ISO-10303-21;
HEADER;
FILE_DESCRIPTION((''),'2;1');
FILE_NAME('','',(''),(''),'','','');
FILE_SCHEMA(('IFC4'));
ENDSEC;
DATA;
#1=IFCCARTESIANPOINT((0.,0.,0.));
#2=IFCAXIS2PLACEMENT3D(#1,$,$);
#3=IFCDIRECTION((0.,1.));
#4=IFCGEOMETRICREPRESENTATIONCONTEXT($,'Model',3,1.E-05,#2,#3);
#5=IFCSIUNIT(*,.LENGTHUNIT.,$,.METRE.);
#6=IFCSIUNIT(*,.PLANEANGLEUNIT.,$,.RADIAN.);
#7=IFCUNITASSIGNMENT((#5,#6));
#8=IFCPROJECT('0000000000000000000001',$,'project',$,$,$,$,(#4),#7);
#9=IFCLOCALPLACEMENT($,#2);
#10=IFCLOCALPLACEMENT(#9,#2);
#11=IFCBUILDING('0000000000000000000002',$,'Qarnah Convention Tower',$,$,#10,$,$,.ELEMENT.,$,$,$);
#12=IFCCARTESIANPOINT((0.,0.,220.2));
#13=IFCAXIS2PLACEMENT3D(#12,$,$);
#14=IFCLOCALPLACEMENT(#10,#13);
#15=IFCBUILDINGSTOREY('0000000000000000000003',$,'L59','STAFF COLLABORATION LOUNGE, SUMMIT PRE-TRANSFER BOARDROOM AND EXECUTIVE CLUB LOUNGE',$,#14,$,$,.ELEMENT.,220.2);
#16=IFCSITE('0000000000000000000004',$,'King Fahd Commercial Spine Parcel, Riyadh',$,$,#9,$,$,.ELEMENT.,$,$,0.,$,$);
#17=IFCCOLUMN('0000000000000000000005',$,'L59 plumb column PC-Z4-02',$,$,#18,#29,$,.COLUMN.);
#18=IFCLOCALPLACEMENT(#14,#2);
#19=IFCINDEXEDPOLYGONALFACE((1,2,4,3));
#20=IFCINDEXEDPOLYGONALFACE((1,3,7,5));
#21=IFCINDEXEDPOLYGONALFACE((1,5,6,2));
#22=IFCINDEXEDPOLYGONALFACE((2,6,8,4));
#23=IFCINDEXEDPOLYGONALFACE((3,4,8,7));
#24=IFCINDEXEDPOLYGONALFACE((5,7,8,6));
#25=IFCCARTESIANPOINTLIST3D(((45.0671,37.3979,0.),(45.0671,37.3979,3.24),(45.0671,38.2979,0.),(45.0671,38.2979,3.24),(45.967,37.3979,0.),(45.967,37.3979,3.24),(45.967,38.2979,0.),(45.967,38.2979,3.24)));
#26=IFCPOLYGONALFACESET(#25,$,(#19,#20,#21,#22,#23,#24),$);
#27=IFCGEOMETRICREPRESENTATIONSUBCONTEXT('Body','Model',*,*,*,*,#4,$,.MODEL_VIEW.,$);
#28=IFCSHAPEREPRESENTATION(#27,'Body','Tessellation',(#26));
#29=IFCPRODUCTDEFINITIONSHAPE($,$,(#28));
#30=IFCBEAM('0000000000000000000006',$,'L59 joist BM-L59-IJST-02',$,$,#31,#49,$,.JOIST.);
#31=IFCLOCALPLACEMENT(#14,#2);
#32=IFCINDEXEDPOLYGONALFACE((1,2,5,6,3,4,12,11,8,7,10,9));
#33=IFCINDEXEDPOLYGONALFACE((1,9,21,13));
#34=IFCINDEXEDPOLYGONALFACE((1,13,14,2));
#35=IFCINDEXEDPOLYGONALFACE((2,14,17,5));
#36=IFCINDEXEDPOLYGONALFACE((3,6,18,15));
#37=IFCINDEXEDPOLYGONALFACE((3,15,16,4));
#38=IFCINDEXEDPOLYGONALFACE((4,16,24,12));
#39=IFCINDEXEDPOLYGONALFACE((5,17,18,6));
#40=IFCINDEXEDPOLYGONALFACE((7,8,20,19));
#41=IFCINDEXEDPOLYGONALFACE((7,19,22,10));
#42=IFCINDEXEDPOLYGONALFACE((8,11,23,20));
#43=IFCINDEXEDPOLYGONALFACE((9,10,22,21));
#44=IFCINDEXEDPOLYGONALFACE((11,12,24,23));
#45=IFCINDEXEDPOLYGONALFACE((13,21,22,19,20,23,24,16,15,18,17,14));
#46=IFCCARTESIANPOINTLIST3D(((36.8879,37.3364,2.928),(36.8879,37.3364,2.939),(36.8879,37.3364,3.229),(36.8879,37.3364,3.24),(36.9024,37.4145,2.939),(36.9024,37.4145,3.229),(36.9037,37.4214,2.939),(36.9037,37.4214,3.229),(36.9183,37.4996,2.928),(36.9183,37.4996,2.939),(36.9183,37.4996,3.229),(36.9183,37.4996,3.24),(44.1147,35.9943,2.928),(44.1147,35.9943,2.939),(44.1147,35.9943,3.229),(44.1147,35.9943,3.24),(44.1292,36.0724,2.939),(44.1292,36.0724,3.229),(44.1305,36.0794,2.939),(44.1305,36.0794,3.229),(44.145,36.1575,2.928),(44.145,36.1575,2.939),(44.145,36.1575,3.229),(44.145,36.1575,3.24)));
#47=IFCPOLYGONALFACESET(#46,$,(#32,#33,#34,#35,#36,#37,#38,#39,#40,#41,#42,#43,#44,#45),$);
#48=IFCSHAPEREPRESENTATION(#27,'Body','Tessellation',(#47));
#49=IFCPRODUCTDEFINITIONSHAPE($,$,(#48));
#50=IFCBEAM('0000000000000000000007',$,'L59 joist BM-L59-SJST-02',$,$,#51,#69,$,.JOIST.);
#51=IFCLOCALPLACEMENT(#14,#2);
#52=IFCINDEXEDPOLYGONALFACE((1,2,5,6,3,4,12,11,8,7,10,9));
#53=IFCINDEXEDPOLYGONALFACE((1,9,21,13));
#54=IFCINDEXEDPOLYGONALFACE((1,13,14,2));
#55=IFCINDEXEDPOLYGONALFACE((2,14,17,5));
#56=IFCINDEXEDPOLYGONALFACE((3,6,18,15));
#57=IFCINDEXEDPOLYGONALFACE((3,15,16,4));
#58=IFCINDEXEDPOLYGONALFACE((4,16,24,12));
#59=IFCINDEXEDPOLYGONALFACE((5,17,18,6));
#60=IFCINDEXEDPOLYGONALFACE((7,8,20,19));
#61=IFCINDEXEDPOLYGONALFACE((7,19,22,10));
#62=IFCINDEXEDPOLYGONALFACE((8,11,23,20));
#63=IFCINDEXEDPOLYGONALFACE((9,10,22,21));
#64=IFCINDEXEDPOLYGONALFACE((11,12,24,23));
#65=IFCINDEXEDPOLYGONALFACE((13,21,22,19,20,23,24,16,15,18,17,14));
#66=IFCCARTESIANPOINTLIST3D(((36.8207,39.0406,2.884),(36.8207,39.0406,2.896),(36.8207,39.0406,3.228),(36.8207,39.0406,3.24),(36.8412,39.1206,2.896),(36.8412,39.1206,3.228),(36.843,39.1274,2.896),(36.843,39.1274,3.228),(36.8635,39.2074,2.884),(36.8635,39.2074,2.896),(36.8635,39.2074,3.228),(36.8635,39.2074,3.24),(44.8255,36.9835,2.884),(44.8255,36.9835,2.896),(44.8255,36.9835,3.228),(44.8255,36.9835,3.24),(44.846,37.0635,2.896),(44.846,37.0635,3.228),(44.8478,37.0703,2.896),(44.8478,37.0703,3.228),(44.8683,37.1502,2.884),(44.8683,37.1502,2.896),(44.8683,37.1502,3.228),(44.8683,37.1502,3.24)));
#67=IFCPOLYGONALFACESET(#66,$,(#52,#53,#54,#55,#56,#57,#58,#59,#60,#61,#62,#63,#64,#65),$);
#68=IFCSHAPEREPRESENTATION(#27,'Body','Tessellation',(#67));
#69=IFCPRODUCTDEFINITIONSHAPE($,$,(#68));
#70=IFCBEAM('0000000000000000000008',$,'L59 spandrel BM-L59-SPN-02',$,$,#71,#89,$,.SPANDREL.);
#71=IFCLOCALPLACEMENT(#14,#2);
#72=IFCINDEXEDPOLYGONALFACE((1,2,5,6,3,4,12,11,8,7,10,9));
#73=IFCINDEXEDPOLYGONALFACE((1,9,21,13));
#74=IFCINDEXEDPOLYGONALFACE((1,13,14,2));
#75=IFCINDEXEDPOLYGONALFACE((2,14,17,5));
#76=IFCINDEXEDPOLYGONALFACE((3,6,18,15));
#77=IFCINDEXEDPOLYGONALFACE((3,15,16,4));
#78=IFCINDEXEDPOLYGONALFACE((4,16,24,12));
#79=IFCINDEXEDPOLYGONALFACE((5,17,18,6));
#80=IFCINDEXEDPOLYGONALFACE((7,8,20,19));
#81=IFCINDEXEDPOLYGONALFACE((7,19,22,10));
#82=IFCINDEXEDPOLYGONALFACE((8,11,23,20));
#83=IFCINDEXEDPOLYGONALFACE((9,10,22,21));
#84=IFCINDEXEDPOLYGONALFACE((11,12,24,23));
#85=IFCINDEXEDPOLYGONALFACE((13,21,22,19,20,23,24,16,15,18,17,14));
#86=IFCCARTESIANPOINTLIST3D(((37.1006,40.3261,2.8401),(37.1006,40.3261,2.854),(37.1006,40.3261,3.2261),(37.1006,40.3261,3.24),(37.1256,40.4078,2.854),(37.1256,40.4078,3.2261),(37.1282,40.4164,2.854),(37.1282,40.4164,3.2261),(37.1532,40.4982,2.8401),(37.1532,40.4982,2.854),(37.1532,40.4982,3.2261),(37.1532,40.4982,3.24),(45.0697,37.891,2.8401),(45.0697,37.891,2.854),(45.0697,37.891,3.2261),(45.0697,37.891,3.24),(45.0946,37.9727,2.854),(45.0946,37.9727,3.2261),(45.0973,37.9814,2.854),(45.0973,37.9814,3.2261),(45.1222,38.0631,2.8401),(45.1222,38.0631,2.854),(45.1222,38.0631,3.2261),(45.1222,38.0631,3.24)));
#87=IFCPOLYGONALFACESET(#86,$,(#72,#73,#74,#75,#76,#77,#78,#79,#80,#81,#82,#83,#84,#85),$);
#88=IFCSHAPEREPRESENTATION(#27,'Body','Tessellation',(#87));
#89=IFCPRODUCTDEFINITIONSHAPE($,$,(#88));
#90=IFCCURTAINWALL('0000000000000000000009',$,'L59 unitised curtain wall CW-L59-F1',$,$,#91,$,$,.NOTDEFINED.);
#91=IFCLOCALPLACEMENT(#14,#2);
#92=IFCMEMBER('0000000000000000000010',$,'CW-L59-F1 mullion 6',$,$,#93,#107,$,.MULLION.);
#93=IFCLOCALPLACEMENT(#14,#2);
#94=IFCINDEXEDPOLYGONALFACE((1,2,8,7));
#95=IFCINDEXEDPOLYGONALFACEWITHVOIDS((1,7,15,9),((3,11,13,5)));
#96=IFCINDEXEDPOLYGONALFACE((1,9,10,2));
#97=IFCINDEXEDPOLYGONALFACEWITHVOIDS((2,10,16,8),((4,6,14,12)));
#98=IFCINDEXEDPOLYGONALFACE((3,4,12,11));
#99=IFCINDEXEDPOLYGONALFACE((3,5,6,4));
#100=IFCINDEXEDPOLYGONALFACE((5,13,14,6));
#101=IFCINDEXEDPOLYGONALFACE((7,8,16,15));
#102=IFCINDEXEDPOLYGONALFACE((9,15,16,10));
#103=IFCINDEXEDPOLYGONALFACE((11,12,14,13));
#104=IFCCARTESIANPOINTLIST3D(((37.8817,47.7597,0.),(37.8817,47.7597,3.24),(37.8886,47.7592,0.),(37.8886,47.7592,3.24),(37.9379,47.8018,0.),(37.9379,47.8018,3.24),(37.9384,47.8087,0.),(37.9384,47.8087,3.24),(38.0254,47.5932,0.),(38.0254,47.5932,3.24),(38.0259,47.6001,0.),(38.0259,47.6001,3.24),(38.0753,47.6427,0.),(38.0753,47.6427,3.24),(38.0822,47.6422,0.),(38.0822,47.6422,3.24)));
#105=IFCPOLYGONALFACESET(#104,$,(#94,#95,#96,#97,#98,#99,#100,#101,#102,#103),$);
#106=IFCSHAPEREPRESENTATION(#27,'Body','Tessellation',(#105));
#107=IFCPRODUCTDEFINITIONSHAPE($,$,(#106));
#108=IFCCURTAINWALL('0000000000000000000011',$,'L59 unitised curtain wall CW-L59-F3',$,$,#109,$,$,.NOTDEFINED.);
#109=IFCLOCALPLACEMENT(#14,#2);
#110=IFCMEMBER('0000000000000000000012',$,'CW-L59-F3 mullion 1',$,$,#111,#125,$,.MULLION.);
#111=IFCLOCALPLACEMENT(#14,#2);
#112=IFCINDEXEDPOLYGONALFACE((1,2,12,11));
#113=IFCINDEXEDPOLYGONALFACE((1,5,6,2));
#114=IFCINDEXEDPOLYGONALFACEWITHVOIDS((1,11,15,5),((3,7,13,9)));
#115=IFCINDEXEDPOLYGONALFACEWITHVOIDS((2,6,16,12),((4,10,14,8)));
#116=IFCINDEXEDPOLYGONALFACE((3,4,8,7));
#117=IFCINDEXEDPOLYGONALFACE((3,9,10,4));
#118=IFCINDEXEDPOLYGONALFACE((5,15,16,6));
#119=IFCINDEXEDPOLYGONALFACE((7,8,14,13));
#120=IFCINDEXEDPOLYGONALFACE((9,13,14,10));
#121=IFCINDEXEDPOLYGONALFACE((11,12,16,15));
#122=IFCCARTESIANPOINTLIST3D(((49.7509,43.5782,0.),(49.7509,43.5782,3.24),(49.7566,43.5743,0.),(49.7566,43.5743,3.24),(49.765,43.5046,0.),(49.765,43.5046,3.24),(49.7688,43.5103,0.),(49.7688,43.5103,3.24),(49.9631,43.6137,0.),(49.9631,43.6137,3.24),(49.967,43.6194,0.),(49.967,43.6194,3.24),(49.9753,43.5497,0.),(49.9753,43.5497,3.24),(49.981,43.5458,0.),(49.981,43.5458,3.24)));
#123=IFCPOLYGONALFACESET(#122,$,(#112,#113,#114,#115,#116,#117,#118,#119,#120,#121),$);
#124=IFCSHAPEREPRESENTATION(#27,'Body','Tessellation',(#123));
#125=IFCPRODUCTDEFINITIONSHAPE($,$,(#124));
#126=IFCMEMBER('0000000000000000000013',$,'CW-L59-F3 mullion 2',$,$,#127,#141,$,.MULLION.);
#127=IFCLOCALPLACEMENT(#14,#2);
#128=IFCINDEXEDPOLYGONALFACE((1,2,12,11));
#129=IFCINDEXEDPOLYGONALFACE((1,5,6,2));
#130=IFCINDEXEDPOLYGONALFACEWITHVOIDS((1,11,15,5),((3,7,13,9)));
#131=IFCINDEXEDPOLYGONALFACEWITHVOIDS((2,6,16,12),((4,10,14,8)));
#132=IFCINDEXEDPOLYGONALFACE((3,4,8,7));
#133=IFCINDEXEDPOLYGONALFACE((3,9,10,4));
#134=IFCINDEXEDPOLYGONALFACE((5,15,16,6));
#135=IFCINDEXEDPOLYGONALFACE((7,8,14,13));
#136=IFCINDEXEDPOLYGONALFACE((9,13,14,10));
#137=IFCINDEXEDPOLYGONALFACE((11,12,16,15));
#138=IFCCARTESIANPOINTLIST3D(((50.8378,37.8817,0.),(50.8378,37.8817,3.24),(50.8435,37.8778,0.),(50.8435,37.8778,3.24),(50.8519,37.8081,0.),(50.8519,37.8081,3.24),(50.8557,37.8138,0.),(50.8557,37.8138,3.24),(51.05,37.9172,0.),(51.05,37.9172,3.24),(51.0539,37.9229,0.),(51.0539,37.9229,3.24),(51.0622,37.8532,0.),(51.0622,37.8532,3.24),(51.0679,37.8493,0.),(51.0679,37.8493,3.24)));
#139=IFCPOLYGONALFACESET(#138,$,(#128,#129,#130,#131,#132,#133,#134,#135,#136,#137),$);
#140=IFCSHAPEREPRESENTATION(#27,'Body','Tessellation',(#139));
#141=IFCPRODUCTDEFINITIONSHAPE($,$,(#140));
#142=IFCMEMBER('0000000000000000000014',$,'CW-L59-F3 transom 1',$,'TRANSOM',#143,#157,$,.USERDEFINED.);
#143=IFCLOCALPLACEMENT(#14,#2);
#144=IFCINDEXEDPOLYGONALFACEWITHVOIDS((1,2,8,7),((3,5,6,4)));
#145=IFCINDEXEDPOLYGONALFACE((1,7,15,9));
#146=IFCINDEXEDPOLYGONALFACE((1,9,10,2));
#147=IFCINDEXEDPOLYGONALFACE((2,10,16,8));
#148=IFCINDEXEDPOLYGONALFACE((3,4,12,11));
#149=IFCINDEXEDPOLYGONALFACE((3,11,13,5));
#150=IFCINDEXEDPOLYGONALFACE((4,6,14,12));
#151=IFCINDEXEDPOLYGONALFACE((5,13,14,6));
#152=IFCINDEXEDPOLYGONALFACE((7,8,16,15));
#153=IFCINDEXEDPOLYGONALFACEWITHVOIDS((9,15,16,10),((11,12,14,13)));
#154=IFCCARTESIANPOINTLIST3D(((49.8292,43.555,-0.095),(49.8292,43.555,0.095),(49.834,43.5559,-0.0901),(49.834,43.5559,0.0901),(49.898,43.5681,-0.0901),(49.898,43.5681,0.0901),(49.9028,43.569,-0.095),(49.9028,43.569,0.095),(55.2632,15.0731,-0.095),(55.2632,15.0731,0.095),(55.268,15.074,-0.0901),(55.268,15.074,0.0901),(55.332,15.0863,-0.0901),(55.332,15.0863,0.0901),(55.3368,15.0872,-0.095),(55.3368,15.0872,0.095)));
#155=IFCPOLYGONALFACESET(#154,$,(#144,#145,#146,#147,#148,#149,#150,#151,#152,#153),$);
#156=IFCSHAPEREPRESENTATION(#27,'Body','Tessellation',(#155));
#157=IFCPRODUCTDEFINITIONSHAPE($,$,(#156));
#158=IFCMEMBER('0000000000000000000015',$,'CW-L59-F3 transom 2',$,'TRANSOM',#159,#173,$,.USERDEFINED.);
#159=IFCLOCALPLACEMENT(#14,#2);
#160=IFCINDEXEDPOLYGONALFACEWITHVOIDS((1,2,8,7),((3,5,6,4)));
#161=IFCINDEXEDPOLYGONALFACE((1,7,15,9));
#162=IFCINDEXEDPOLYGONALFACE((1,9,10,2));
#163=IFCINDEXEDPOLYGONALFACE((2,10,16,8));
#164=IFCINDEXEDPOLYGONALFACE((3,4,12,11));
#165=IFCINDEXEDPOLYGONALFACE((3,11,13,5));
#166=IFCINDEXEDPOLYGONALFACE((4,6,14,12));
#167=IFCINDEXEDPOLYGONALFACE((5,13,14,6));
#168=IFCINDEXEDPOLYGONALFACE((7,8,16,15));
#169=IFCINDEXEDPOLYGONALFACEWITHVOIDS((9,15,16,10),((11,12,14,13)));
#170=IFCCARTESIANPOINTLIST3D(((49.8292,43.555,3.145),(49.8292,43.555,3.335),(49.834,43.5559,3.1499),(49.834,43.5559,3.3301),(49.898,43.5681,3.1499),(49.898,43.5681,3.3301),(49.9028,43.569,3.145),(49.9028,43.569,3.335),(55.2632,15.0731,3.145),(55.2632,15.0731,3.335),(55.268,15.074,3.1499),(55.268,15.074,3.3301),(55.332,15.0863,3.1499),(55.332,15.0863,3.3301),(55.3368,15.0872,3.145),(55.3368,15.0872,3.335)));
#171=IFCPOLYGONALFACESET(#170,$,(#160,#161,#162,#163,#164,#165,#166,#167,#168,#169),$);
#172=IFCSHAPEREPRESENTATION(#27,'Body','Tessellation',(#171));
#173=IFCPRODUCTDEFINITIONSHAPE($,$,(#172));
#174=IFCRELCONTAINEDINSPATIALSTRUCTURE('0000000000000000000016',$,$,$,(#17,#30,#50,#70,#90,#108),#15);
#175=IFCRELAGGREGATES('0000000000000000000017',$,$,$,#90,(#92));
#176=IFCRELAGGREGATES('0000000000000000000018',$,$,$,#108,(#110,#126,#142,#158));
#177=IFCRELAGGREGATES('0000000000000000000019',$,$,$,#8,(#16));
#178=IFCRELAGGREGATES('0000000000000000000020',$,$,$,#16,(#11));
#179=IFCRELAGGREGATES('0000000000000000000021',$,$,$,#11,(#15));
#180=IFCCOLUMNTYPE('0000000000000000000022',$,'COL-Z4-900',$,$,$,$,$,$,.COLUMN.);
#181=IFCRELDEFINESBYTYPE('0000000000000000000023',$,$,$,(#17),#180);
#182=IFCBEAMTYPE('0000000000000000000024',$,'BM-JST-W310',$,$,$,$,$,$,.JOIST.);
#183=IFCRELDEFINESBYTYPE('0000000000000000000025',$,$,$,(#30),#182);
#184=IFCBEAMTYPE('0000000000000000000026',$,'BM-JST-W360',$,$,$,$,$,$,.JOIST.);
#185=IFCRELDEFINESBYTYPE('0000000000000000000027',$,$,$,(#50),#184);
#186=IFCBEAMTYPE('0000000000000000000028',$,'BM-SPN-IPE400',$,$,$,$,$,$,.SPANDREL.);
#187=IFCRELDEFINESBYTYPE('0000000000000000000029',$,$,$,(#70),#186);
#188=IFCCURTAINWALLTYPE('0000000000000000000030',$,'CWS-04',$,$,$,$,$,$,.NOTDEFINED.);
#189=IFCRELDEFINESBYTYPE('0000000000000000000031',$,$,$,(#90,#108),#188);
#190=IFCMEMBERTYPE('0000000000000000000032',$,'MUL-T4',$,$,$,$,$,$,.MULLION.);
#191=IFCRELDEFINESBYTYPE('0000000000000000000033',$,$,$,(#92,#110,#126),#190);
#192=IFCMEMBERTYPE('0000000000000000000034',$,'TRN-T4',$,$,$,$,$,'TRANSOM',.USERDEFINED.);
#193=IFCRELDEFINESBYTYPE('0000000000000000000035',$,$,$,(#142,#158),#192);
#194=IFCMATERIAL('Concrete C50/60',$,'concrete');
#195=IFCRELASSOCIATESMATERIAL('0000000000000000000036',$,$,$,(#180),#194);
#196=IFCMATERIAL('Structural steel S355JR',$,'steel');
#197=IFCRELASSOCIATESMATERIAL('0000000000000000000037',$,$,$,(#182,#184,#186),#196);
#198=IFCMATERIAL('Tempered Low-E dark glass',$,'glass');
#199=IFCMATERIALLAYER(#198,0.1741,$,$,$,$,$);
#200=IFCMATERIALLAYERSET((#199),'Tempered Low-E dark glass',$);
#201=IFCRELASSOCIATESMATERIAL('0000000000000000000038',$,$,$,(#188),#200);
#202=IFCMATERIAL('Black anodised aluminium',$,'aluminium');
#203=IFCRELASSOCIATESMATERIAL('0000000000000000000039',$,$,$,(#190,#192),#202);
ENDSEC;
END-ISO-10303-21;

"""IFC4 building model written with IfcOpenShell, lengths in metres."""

from ifc_helpers import new_model, si_unit, direction, frame, origin, origin_2d, place, context, subcontext, project, spatial, rectangle, hollow_rectangle, i_section, extrude, material, layer, layer_set, material_profile, profile_set, type_object, element, aggregate, save


model = new_model("IFC4")

# Units and contexts
model_context = context("Model", 3, precision=1e-05, world=origin(), true_north=direction((0.0, 1.0)))
body_context = subcontext(model_context, "Body", "Model", "MODEL_VIEW")
ifc_project = project(units=[si_unit("LENGTHUNIT", "METRE"), si_unit("PLANEANGLEUNIT", "RADIAN")], contexts=[model_context])

# Site, building, storey
site_placement = place(None, origin())
site = spatial("IfcSite", under=ifc_project, at=site_placement, Name="King Fahd Commercial Spine Parcel, Riyadh", CompositionType="ELEMENT", RefElevation=0.0)
building_placement = place(site_placement, origin())
building = spatial("IfcBuilding", under=site, at=building_placement, Name="Qarnah Convention Tower", CompositionType="ELEMENT")
storey_placement = place(building_placement, frame((0.0, 0.0, 220.2)))
storey = spatial("IfcBuildingStorey", under=building, at=storey_placement, Name="L59", Description="STAFF COLLABORATION LOUNGE, SUMMIT PRE-TRANSFER BOARDROOM AND EXECUTIVE CLUB LOUNGE", CompositionType="ELEMENT", Elevation=220.2)

# Column
ifc_material_1 = material(Name="Concrete C50/60", Category="concrete")
ifc_material_profile_1 = material_profile(ifc_material_1, rectangle(XDim=0.8999, YDim=0.8999, at=origin_2d()), Name="RC-COL-900X900")
ifc_profile_set_1 = profile_set([ifc_material_profile_1], Name="Concrete C50/60")
column_type = type_object("IfcColumnType", Name="COL-Z4-900", PredefinedType="COLUMN", material=ifc_profile_set_1)
column_placement = place(storey_placement, frame((45.5171, 37.8479, 0.0), z_axis=(0.0, 0.0, 1.0), x_axis=(1.0, 0.0, 0.0)))
element("IfcColumn", 1, at=column_placement, inside=storey, type_object=column_type, Name="L59 plumb column PC-Z4-02", PredefinedType="COLUMN", context=body_context, shape_type="SweptSolid", body=[
    extrude(rectangle(XDim=0.8999, YDim=0.8999, at=origin_2d()), origin(), (0.0, 0.0, 1.0), 3.24),
])

# Beams
ifc_material_2 = material(Name="Structural steel S355JR", Category="steel")
ifc_material_profile_2 = material_profile(ifc_material_2, i_section(OverallWidth=0.166, OverallDepth=0.312, WebThickness=0.0071, FlangeThickness=0.011, at=origin_2d()), Name="W310X45")
ifc_profile_set_2 = profile_set([ifc_material_profile_2], Name="Structural steel S355JR")
beam_type_1 = type_object("IfcBeamType", Name="BM-JST-W310", PredefinedType="JOIST", material=ifc_profile_set_2)
beam_1_placement = place(storey_placement, frame((44.1299, 36.0759, 3.084), z_axis=(-0.983191, 0.182582, 0.0), x_axis=(-0.182582, -0.983191, 0.0)))
element("IfcBeam", 2, at=beam_1_placement, inside=storey, type_object=beam_type_1, Name="L59 joist BM-L59-IJST-02", PredefinedType="JOIST", context=body_context, shape_type="SweptSolid", body=[
    extrude(i_section(OverallWidth=0.166, OverallDepth=0.312, WebThickness=0.0071, FlangeThickness=0.011, at=origin_2d()), origin(), (0.0, 0.0, 1.0), 7.3503),
])
ifc_material_profile_3 = material_profile(ifc_material_2, i_section(OverallWidth=0.1721, OverallDepth=0.356, WebThickness=0.0071, FlangeThickness=0.012, at=origin_2d()), Name="W360X51")
ifc_profile_set_3 = profile_set([ifc_material_profile_3], Name="Structural steel S355JR")
beam_type_2 = type_object("IfcBeamType", Name="BM-JST-W360", PredefinedType="JOIST", material=ifc_profile_set_3)
beam_2_placement = place(storey_placement, frame((44.8469, 37.0669, 3.062), z_axis=(-0.96853, 0.248897, 0.0), x_axis=(-0.248897, -0.96853, 0.0)))
element("IfcBeam", 3, at=beam_2_placement, inside=storey, type_object=beam_type_2, Name="L59 joist BM-L59-SJST-02", PredefinedType="JOIST", context=body_context, shape_type="SweptSolid", body=[
    extrude(i_section(OverallWidth=0.1721, OverallDepth=0.356, WebThickness=0.0071, FlangeThickness=0.012, at=origin_2d()), origin(), (0.0, 0.0, 1.0), 8.2649),
])
ifc_material_profile_4 = material_profile(ifc_material_2, i_section(OverallWidth=0.1799, OverallDepth=0.3999, WebThickness=0.009, FlangeThickness=0.0139, at=origin_2d()), Name="IPE400")
ifc_profile_set_4 = profile_set([ifc_material_profile_4], Name="Structural steel S355JR")
beam_type_3 = type_object("IfcBeamType", Name="BM-SPN-IPE400", PredefinedType="SPANDREL", material=ifc_profile_set_4)
beam_3_placement = place(storey_placement, frame((45.0959, 37.9771, 3.04), z_axis=(-0.956349, 0.292228, 0.0), x_axis=(-0.292228, -0.956349, 0.0)))
element("IfcBeam", 4, at=beam_3_placement, inside=storey, type_object=beam_type_3, Name="L59 spandrel BM-L59-SPN-02", PredefinedType="SPANDREL", context=body_context, shape_type="SweptSolid", body=[
    extrude(i_section(OverallWidth=0.1799, OverallDepth=0.3999, WebThickness=0.009, FlangeThickness=0.0139, at=origin_2d()), origin(), (0.0, 0.0, 1.0), 8.3328),
])

# Curtain wall, member
ifc_material_3 = material(Name="Tempered Low-E dark glass", Category="glass")
ifc_layer_1 = layer(ifc_material_3, 0.1741)
ifc_layer_set_1 = layer_set([ifc_layer_1], Name="Tempered Low-E dark glass")
curtain_wall_type = type_object("IfcCurtainWallType", Name="CWS-04", PredefinedType="NOTDEFINED", material=ifc_layer_set_1)
curtain_wall_1_placement = place(storey_placement, origin())
curtain_wall_1 = element("IfcCurtainWall", 5, at=curtain_wall_1_placement, inside=storey, type_object=curtain_wall_type, Name="L59 unitised curtain wall CW-L59-F1", PredefinedType="NOTDEFINED")
ifc_material_4 = material(Name="Black anodised aluminium", Category="aluminium")
ifc_material_profile_5 = material_profile(ifc_material_4, hollow_rectangle(XDim=0.075, YDim=0.22, WallThickness=0.0049, at=origin_2d()), Name="MUL-75X220")
ifc_profile_set_5 = profile_set([ifc_material_profile_5], Name="Black anodised aluminium")
member_type_1 = type_object("IfcMemberType", Name="MUL-T4", PredefinedType="MULLION", material=ifc_profile_set_5)
member_1_placement = place(storey_placement, frame((37.9819, 47.7009, 0.0), z_axis=(0.0, 0.0, 1.0), x_axis=(0.756976, 0.653443, 0.0)))
member_1 = element("IfcMember", 6, at=member_1_placement, type_object=member_type_1, Name="CW-L59-F1 mullion 6", PredefinedType="MULLION", context=body_context, shape_type="SweptSolid", body=[
    extrude(hollow_rectangle(XDim=0.075, YDim=0.22, WallThickness=0.0049, at=origin_2d()), origin(), (0.0, 0.0, 1.0), 3.24),
])
aggregate(curtain_wall_1, [member_1])

# Curtain wall, members
curtain_wall_2_placement = place(storey_placement, origin())
curtain_wall_2 = element("IfcCurtainWall", 7, at=curtain_wall_2_placement, inside=storey, type_object=curtain_wall_type, Name="L59 unitised curtain wall CW-L59-F3", PredefinedType="NOTDEFINED")
member_2_placement = place(storey_placement, frame((49.866, 43.562, 0.0), z_axis=(0.0, 0.0, 1.0), x_axis=(0.187407, -0.982282, 0.0)))
member_2 = element("IfcMember", 8, at=member_2_placement, type_object=member_type_1, Name="CW-L59-F3 mullion 1", PredefinedType="MULLION", context=body_context, shape_type="SweptSolid", body=[
    extrude(hollow_rectangle(XDim=0.075, YDim=0.22, WallThickness=0.0049, at=origin_2d()), origin(), (0.0, 0.0, 1.0), 3.24),
])
member_3_placement = place(storey_placement, frame((50.9529, 37.8655, 0.0), z_axis=(0.0, 0.0, 1.0), x_axis=(0.187407, -0.982282, 0.0)))
member_3 = element("IfcMember", 9, at=member_3_placement, type_object=member_type_1, Name="CW-L59-F3 mullion 2", PredefinedType="MULLION", context=body_context, shape_type="SweptSolid", body=[
    extrude(hollow_rectangle(XDim=0.075, YDim=0.22, WallThickness=0.0049, at=origin_2d()), origin(), (0.0, 0.0, 1.0), 3.24),
])
ifc_material_profile_6 = material_profile(ifc_material_4, hollow_rectangle(XDim=0.075, YDim=0.1899, WallThickness=0.0049, at=origin_2d()), Name="TRN-75X190")
ifc_profile_set_6 = profile_set([ifc_material_profile_6], Name="Black anodised aluminium")
member_type_2 = type_object("IfcMemberType", Name="TRN-T4", ElementType="TRANSOM", PredefinedType="USERDEFINED", material=ifc_profile_set_6)
member_4_placement = place(storey_placement, frame((49.866, 43.562, 0.0), z_axis=(0.18741, -0.982282, 0.0), x_axis=(0.982282, 0.18741, 0.0)))
member_4 = element("IfcMember", 10, at=member_4_placement, type_object=member_type_2, Name="CW-L59-F3 transom 1", ObjectType="TRANSOM", PredefinedType="USERDEFINED", context=body_context, shape_type="SweptSolid", body=[
    extrude(hollow_rectangle(XDim=0.075, YDim=0.1899, WallThickness=0.0049, at=origin_2d()), origin(), (0.0, 0.0, 1.0), 28.9956),
])
member_5_placement = place(storey_placement, frame((49.866, 43.562, 3.24), z_axis=(0.18741, -0.982282, 0.0), x_axis=(0.982282, 0.18741, 0.0)))
member_5 = element("IfcMember", 11, at=member_5_placement, type_object=member_type_2, Name="CW-L59-F3 transom 2", ObjectType="TRANSOM", PredefinedType="USERDEFINED", context=body_context, shape_type="SweptSolid", body=[
    extrude(hollow_rectangle(XDim=0.075, YDim=0.1899, WallThickness=0.0049, at=origin_2d()), origin(), (0.0, 0.0, 1.0), 28.9956),
])
aggregate(curtain_wall_2, [member_2, member_3, member_4, member_5])

save(model, "model.ifc")
